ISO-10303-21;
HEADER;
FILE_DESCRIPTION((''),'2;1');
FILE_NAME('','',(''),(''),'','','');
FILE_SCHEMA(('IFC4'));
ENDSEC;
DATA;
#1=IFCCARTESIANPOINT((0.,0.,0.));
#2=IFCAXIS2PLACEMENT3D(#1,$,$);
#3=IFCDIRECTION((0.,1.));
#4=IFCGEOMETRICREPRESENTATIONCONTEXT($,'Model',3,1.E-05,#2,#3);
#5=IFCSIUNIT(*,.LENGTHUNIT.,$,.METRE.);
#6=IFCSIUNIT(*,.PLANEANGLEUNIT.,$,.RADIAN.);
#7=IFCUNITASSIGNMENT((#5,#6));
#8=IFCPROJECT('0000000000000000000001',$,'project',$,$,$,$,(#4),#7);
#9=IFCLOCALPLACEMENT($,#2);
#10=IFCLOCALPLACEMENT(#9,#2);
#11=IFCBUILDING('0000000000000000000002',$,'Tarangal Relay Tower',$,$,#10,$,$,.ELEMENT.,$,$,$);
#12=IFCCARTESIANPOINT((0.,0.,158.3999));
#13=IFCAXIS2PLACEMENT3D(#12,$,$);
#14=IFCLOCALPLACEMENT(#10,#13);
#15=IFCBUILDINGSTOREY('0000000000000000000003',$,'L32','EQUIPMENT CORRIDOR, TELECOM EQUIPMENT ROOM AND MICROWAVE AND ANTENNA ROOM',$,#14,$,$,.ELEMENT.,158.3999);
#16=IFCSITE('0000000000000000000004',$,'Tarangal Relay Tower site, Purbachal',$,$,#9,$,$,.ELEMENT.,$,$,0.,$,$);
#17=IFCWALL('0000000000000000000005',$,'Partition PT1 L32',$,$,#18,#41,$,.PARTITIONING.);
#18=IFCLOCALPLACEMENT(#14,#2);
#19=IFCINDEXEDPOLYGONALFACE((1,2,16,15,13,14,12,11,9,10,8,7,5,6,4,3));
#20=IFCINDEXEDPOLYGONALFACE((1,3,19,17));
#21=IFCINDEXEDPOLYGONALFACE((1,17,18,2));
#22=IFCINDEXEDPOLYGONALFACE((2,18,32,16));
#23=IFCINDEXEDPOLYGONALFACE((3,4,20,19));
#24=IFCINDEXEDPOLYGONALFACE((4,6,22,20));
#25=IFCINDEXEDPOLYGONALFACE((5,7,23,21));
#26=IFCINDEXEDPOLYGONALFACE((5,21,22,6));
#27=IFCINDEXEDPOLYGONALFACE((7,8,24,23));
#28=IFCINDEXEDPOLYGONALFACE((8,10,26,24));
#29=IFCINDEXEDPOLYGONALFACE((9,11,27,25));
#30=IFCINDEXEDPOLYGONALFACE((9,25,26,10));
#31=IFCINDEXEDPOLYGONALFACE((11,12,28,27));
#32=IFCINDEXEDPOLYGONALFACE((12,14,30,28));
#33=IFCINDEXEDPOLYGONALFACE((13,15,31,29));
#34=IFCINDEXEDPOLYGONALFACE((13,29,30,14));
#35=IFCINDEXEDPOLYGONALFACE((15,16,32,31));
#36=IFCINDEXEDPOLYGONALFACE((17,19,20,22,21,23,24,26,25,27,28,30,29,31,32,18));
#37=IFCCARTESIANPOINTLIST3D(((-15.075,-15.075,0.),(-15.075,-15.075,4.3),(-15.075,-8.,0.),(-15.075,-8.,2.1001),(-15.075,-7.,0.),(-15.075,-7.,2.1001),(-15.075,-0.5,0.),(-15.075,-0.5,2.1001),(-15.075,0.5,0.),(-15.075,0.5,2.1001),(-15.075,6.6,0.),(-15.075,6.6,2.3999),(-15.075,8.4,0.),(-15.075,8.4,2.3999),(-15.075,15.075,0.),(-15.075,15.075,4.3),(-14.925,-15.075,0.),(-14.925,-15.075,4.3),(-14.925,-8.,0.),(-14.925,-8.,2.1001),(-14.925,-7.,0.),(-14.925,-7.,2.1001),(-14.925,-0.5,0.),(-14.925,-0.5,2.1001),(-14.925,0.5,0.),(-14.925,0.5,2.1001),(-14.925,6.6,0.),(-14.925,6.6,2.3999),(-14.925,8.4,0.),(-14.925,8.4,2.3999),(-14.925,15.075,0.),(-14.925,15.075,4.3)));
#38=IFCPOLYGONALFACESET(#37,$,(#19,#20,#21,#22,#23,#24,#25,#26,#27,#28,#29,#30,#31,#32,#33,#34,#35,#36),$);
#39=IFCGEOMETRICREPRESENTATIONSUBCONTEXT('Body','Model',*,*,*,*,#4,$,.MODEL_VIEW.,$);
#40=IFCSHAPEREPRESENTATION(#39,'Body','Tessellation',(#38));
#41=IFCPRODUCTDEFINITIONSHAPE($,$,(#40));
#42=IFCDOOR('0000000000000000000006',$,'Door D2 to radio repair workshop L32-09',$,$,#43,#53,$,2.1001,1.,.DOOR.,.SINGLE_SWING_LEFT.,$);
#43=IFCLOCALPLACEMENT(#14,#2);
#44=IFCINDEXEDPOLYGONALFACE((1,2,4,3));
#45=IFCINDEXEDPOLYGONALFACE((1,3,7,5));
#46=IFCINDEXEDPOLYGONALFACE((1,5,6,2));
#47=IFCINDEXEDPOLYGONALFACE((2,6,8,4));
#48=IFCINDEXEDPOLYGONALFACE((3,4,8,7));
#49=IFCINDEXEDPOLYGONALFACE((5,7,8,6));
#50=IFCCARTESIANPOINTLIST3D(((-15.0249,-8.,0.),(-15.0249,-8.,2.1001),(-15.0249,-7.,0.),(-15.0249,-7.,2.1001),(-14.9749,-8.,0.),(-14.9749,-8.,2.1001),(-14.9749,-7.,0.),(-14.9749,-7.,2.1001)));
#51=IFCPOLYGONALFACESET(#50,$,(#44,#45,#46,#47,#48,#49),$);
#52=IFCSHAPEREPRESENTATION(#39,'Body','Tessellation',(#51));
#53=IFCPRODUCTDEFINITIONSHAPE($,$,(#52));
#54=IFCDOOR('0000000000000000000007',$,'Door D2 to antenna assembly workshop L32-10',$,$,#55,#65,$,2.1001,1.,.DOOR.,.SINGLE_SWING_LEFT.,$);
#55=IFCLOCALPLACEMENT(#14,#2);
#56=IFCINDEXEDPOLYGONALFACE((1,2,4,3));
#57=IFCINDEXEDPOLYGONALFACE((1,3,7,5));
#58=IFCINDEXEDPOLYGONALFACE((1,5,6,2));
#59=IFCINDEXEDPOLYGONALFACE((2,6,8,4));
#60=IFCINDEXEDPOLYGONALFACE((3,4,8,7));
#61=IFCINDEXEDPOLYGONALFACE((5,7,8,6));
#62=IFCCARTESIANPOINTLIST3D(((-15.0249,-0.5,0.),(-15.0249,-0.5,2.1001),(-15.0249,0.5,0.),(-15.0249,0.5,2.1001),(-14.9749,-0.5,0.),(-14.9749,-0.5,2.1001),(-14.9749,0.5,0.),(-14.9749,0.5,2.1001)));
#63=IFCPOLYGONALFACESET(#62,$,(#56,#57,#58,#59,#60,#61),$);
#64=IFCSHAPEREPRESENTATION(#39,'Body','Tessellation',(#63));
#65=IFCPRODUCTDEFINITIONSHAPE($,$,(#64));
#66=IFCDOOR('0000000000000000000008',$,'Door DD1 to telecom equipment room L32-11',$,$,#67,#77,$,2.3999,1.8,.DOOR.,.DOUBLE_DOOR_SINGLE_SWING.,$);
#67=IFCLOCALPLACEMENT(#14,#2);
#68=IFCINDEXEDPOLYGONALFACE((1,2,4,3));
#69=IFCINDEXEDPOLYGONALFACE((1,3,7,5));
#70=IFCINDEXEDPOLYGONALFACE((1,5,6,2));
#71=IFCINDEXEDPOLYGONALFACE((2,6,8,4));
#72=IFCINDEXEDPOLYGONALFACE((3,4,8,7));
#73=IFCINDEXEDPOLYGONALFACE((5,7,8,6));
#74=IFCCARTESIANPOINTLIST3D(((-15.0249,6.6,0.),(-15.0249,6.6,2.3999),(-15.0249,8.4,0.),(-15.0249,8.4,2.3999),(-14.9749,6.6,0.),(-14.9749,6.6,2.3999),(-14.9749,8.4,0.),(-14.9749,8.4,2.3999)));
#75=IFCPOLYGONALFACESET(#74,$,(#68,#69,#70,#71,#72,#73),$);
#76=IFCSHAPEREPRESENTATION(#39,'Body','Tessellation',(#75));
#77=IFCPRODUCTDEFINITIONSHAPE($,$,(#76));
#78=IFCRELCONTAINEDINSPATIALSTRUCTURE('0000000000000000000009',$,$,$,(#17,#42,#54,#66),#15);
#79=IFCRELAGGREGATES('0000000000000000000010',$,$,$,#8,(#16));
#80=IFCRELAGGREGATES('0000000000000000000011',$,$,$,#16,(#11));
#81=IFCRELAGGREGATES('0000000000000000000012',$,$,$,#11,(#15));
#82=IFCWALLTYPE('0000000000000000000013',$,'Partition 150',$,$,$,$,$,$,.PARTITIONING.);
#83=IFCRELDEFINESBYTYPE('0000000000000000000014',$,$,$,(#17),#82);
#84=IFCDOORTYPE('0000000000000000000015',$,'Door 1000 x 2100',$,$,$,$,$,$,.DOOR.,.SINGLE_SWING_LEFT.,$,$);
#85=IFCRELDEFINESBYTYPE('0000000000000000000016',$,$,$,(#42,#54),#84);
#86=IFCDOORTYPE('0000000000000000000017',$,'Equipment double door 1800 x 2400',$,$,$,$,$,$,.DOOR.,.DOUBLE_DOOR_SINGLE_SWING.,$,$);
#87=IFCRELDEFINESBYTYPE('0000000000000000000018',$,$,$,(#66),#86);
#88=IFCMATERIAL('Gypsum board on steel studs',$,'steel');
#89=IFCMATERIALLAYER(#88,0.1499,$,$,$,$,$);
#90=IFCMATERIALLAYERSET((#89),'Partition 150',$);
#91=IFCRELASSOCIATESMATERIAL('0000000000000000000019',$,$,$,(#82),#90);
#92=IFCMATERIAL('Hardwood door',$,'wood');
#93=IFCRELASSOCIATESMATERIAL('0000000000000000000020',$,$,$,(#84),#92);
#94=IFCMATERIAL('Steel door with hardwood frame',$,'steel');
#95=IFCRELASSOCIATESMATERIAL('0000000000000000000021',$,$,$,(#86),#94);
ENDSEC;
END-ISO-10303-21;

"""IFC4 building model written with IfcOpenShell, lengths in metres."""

from ifc_helpers import new_model, si_unit, direction, frame, frame_2d, origin, place, context, subcontext, project, spatial, rectangle, extrude, material, layer, layer_set, type_object, element, fill, save


model = new_model("IFC4")

# Units and contexts
model_context = context("Model", 3, precision=1e-05, world=origin(), true_north=direction((0.0, 1.0)))
body_context = subcontext(model_context, "Body", "Model", "MODEL_VIEW")
ifc_project = project(units=[si_unit("LENGTHUNIT", "METRE"), si_unit("PLANEANGLEUNIT", "RADIAN")], contexts=[model_context])

# Site, building, storey
site_placement = place(None, origin())
site = spatial("IfcSite", under=ifc_project, at=site_placement, Name="Tarangal Relay Tower site, Purbachal", CompositionType="ELEMENT", RefElevation=0.0)
building_placement = place(site_placement, origin())
building = spatial("IfcBuilding", under=site, at=building_placement, Name="Tarangal Relay Tower", CompositionType="ELEMENT")
storey_placement = place(building_placement, frame((0.0, 0.0, 158.3999)))
storey = spatial("IfcBuildingStorey", under=building, at=storey_placement, Name="L32", Description="EQUIPMENT CORRIDOR, TELECOM EQUIPMENT ROOM AND MICROWAVE AND ANTENNA ROOM", CompositionType="ELEMENT", Elevation=158.3999)

# Wall, openings, doors
ifc_material_1 = material(Name="Gypsum board on steel studs", Category="steel")
ifc_layer_1 = layer(ifc_material_1, 0.1499)
ifc_layer_set_1 = layer_set([ifc_layer_1], Name="Partition 150")
wall_type_1 = type_object("IfcWallType", Name="Partition 150", PredefinedType="PARTITIONING", material=ifc_layer_set_1)
ifc_material_2 = material(Name="Hardwood door", Category="wood")
door_type_1 = type_object("IfcDoorType", Name="Door 1000 x 2100", OperationType="SINGLE_SWING_LEFT", PredefinedType="DOOR", material=ifc_material_2)
ifc_material_3 = material(Name="Steel door with hardwood frame", Category="steel")
door_type_2 = type_object("IfcDoorType", Name="Equipment double door 1800 x 2400", OperationType="DOUBLE_DOOR_SINGLE_SWING", PredefinedType="DOOR", material=ifc_material_3)
wall_1_placement = place(storey_placement, frame((-15.0, -15.075, 0.0), z_axis=(0.0, 0.0, 1.0), x_axis=(0.0, 1.0, 0.0)))
wall_1 = element("IfcWall", 1, at=wall_1_placement, inside=storey, type_object=wall_type_1, Name="Partition PT1 L32", PredefinedType="PARTITIONING", context=body_context, shape_type="SweptSolid", body=[
    extrude(rectangle(XDim=30.1499, YDim=0.1499, at=frame_2d((15.075, 0.0))), origin(), (0.0, 0.0, 1.0), 4.3),
])
opening_1_placement = place(wall_1_placement, frame((7.075, 0.0, 0.0)))
opening_1 = element("IfcOpeningElement", 2, at=opening_1_placement, cuts=wall_1, PredefinedType="OPENING", context=body_context, shape_type="SweptSolid", body=[
    extrude(rectangle(XDim=1.0, YDim=2.1001, at=frame_2d((0.5, 1.05))), frame((0.0, 0.085, 0.0), z_axis=(0.0, -1.0, 0.0), x_axis=(1.0, 0.0, 0.0)), (0.0, 0.0, 1.0), 0.1699),
])
opening_2_placement = place(wall_1_placement, frame((14.575, 0.0, 0.0)))
opening_2 = element("IfcOpeningElement", 3, at=opening_2_placement, cuts=wall_1, PredefinedType="OPENING", context=body_context, shape_type="SweptSolid", body=[
    extrude(rectangle(XDim=1.0, YDim=2.1001, at=frame_2d((0.5, 1.05))), frame((0.0, 0.085, 0.0), z_axis=(0.0, -1.0, 0.0), x_axis=(1.0, 0.0, 0.0)), (0.0, 0.0, 1.0), 0.1699),
])
opening_3_placement = place(wall_1_placement, frame((21.675, 0.0, 0.0)))
opening_3 = element("IfcOpeningElement", 4, at=opening_3_placement, cuts=wall_1, PredefinedType="OPENING", context=body_context, shape_type="SweptSolid", body=[
    extrude(rectangle(XDim=1.8, YDim=2.3999, at=frame_2d((0.8999, 1.2))), frame((0.0, 0.085, 0.0), z_axis=(0.0, -1.0, 0.0), x_axis=(1.0, 0.0, 0.0)), (0.0, 0.0, 1.0), 0.1699),
])
door_1_placement = place(opening_1_placement, origin())
door_1 = element("IfcDoor", 5, at=door_1_placement, inside=storey, type_object=door_type_1, Name="Door D2 to radio repair workshop L32-09", OperationType="SINGLE_SWING_LEFT", OverallHeight=2.1001, OverallWidth=1.0, PredefinedType="DOOR", context=body_context, shape_type="SweptSolid", body=[
    extrude(rectangle(XDim=1.0, YDim=2.1001, at=frame_2d((0.5, 1.05))), frame((0.0, 0.0249, 0.0), z_axis=(0.0, -1.0, 0.0), x_axis=(1.0, 0.0, 0.0)), (0.0, 0.0, 1.0), 0.05),
])
fill(opening_1, door_1)
door_2_placement = place(opening_2_placement, origin())
door_2 = element("IfcDoor", 6, at=door_2_placement, inside=storey, type_object=door_type_1, Name="Door D2 to antenna assembly workshop L32-10", OperationType="SINGLE_SWING_LEFT", OverallHeight=2.1001, OverallWidth=1.0, PredefinedType="DOOR", context=body_context, shape_type="SweptSolid", body=[
    extrude(rectangle(XDim=1.0, YDim=2.1001, at=frame_2d((0.5, 1.05))), frame((0.0, 0.0249, 0.0), z_axis=(0.0, -1.0, 0.0), x_axis=(1.0, 0.0, 0.0)), (0.0, 0.0, 1.0), 0.05),
])
fill(opening_2, door_2)
door_3_placement = place(opening_3_placement, origin())
door_3 = element("IfcDoor", 7, at=door_3_placement, inside=storey, type_object=door_type_2, Name="Door DD1 to telecom equipment room L32-11", OperationType="DOUBLE_DOOR_SINGLE_SWING", OverallHeight=2.3999, OverallWidth=1.8, PredefinedType="DOOR", context=body_context, shape_type="SweptSolid", body=[
    extrude(rectangle(XDim=1.8, YDim=2.3999, at=frame_2d((0.8999, 1.2))), frame((0.0, 0.0249, 0.0), z_axis=(0.0, -1.0, 0.0), x_axis=(1.0, 0.0, 0.0)), (0.0, 0.0, 1.0), 0.05),
])
fill(opening_3, door_3)

save(model, "model.ifc")
